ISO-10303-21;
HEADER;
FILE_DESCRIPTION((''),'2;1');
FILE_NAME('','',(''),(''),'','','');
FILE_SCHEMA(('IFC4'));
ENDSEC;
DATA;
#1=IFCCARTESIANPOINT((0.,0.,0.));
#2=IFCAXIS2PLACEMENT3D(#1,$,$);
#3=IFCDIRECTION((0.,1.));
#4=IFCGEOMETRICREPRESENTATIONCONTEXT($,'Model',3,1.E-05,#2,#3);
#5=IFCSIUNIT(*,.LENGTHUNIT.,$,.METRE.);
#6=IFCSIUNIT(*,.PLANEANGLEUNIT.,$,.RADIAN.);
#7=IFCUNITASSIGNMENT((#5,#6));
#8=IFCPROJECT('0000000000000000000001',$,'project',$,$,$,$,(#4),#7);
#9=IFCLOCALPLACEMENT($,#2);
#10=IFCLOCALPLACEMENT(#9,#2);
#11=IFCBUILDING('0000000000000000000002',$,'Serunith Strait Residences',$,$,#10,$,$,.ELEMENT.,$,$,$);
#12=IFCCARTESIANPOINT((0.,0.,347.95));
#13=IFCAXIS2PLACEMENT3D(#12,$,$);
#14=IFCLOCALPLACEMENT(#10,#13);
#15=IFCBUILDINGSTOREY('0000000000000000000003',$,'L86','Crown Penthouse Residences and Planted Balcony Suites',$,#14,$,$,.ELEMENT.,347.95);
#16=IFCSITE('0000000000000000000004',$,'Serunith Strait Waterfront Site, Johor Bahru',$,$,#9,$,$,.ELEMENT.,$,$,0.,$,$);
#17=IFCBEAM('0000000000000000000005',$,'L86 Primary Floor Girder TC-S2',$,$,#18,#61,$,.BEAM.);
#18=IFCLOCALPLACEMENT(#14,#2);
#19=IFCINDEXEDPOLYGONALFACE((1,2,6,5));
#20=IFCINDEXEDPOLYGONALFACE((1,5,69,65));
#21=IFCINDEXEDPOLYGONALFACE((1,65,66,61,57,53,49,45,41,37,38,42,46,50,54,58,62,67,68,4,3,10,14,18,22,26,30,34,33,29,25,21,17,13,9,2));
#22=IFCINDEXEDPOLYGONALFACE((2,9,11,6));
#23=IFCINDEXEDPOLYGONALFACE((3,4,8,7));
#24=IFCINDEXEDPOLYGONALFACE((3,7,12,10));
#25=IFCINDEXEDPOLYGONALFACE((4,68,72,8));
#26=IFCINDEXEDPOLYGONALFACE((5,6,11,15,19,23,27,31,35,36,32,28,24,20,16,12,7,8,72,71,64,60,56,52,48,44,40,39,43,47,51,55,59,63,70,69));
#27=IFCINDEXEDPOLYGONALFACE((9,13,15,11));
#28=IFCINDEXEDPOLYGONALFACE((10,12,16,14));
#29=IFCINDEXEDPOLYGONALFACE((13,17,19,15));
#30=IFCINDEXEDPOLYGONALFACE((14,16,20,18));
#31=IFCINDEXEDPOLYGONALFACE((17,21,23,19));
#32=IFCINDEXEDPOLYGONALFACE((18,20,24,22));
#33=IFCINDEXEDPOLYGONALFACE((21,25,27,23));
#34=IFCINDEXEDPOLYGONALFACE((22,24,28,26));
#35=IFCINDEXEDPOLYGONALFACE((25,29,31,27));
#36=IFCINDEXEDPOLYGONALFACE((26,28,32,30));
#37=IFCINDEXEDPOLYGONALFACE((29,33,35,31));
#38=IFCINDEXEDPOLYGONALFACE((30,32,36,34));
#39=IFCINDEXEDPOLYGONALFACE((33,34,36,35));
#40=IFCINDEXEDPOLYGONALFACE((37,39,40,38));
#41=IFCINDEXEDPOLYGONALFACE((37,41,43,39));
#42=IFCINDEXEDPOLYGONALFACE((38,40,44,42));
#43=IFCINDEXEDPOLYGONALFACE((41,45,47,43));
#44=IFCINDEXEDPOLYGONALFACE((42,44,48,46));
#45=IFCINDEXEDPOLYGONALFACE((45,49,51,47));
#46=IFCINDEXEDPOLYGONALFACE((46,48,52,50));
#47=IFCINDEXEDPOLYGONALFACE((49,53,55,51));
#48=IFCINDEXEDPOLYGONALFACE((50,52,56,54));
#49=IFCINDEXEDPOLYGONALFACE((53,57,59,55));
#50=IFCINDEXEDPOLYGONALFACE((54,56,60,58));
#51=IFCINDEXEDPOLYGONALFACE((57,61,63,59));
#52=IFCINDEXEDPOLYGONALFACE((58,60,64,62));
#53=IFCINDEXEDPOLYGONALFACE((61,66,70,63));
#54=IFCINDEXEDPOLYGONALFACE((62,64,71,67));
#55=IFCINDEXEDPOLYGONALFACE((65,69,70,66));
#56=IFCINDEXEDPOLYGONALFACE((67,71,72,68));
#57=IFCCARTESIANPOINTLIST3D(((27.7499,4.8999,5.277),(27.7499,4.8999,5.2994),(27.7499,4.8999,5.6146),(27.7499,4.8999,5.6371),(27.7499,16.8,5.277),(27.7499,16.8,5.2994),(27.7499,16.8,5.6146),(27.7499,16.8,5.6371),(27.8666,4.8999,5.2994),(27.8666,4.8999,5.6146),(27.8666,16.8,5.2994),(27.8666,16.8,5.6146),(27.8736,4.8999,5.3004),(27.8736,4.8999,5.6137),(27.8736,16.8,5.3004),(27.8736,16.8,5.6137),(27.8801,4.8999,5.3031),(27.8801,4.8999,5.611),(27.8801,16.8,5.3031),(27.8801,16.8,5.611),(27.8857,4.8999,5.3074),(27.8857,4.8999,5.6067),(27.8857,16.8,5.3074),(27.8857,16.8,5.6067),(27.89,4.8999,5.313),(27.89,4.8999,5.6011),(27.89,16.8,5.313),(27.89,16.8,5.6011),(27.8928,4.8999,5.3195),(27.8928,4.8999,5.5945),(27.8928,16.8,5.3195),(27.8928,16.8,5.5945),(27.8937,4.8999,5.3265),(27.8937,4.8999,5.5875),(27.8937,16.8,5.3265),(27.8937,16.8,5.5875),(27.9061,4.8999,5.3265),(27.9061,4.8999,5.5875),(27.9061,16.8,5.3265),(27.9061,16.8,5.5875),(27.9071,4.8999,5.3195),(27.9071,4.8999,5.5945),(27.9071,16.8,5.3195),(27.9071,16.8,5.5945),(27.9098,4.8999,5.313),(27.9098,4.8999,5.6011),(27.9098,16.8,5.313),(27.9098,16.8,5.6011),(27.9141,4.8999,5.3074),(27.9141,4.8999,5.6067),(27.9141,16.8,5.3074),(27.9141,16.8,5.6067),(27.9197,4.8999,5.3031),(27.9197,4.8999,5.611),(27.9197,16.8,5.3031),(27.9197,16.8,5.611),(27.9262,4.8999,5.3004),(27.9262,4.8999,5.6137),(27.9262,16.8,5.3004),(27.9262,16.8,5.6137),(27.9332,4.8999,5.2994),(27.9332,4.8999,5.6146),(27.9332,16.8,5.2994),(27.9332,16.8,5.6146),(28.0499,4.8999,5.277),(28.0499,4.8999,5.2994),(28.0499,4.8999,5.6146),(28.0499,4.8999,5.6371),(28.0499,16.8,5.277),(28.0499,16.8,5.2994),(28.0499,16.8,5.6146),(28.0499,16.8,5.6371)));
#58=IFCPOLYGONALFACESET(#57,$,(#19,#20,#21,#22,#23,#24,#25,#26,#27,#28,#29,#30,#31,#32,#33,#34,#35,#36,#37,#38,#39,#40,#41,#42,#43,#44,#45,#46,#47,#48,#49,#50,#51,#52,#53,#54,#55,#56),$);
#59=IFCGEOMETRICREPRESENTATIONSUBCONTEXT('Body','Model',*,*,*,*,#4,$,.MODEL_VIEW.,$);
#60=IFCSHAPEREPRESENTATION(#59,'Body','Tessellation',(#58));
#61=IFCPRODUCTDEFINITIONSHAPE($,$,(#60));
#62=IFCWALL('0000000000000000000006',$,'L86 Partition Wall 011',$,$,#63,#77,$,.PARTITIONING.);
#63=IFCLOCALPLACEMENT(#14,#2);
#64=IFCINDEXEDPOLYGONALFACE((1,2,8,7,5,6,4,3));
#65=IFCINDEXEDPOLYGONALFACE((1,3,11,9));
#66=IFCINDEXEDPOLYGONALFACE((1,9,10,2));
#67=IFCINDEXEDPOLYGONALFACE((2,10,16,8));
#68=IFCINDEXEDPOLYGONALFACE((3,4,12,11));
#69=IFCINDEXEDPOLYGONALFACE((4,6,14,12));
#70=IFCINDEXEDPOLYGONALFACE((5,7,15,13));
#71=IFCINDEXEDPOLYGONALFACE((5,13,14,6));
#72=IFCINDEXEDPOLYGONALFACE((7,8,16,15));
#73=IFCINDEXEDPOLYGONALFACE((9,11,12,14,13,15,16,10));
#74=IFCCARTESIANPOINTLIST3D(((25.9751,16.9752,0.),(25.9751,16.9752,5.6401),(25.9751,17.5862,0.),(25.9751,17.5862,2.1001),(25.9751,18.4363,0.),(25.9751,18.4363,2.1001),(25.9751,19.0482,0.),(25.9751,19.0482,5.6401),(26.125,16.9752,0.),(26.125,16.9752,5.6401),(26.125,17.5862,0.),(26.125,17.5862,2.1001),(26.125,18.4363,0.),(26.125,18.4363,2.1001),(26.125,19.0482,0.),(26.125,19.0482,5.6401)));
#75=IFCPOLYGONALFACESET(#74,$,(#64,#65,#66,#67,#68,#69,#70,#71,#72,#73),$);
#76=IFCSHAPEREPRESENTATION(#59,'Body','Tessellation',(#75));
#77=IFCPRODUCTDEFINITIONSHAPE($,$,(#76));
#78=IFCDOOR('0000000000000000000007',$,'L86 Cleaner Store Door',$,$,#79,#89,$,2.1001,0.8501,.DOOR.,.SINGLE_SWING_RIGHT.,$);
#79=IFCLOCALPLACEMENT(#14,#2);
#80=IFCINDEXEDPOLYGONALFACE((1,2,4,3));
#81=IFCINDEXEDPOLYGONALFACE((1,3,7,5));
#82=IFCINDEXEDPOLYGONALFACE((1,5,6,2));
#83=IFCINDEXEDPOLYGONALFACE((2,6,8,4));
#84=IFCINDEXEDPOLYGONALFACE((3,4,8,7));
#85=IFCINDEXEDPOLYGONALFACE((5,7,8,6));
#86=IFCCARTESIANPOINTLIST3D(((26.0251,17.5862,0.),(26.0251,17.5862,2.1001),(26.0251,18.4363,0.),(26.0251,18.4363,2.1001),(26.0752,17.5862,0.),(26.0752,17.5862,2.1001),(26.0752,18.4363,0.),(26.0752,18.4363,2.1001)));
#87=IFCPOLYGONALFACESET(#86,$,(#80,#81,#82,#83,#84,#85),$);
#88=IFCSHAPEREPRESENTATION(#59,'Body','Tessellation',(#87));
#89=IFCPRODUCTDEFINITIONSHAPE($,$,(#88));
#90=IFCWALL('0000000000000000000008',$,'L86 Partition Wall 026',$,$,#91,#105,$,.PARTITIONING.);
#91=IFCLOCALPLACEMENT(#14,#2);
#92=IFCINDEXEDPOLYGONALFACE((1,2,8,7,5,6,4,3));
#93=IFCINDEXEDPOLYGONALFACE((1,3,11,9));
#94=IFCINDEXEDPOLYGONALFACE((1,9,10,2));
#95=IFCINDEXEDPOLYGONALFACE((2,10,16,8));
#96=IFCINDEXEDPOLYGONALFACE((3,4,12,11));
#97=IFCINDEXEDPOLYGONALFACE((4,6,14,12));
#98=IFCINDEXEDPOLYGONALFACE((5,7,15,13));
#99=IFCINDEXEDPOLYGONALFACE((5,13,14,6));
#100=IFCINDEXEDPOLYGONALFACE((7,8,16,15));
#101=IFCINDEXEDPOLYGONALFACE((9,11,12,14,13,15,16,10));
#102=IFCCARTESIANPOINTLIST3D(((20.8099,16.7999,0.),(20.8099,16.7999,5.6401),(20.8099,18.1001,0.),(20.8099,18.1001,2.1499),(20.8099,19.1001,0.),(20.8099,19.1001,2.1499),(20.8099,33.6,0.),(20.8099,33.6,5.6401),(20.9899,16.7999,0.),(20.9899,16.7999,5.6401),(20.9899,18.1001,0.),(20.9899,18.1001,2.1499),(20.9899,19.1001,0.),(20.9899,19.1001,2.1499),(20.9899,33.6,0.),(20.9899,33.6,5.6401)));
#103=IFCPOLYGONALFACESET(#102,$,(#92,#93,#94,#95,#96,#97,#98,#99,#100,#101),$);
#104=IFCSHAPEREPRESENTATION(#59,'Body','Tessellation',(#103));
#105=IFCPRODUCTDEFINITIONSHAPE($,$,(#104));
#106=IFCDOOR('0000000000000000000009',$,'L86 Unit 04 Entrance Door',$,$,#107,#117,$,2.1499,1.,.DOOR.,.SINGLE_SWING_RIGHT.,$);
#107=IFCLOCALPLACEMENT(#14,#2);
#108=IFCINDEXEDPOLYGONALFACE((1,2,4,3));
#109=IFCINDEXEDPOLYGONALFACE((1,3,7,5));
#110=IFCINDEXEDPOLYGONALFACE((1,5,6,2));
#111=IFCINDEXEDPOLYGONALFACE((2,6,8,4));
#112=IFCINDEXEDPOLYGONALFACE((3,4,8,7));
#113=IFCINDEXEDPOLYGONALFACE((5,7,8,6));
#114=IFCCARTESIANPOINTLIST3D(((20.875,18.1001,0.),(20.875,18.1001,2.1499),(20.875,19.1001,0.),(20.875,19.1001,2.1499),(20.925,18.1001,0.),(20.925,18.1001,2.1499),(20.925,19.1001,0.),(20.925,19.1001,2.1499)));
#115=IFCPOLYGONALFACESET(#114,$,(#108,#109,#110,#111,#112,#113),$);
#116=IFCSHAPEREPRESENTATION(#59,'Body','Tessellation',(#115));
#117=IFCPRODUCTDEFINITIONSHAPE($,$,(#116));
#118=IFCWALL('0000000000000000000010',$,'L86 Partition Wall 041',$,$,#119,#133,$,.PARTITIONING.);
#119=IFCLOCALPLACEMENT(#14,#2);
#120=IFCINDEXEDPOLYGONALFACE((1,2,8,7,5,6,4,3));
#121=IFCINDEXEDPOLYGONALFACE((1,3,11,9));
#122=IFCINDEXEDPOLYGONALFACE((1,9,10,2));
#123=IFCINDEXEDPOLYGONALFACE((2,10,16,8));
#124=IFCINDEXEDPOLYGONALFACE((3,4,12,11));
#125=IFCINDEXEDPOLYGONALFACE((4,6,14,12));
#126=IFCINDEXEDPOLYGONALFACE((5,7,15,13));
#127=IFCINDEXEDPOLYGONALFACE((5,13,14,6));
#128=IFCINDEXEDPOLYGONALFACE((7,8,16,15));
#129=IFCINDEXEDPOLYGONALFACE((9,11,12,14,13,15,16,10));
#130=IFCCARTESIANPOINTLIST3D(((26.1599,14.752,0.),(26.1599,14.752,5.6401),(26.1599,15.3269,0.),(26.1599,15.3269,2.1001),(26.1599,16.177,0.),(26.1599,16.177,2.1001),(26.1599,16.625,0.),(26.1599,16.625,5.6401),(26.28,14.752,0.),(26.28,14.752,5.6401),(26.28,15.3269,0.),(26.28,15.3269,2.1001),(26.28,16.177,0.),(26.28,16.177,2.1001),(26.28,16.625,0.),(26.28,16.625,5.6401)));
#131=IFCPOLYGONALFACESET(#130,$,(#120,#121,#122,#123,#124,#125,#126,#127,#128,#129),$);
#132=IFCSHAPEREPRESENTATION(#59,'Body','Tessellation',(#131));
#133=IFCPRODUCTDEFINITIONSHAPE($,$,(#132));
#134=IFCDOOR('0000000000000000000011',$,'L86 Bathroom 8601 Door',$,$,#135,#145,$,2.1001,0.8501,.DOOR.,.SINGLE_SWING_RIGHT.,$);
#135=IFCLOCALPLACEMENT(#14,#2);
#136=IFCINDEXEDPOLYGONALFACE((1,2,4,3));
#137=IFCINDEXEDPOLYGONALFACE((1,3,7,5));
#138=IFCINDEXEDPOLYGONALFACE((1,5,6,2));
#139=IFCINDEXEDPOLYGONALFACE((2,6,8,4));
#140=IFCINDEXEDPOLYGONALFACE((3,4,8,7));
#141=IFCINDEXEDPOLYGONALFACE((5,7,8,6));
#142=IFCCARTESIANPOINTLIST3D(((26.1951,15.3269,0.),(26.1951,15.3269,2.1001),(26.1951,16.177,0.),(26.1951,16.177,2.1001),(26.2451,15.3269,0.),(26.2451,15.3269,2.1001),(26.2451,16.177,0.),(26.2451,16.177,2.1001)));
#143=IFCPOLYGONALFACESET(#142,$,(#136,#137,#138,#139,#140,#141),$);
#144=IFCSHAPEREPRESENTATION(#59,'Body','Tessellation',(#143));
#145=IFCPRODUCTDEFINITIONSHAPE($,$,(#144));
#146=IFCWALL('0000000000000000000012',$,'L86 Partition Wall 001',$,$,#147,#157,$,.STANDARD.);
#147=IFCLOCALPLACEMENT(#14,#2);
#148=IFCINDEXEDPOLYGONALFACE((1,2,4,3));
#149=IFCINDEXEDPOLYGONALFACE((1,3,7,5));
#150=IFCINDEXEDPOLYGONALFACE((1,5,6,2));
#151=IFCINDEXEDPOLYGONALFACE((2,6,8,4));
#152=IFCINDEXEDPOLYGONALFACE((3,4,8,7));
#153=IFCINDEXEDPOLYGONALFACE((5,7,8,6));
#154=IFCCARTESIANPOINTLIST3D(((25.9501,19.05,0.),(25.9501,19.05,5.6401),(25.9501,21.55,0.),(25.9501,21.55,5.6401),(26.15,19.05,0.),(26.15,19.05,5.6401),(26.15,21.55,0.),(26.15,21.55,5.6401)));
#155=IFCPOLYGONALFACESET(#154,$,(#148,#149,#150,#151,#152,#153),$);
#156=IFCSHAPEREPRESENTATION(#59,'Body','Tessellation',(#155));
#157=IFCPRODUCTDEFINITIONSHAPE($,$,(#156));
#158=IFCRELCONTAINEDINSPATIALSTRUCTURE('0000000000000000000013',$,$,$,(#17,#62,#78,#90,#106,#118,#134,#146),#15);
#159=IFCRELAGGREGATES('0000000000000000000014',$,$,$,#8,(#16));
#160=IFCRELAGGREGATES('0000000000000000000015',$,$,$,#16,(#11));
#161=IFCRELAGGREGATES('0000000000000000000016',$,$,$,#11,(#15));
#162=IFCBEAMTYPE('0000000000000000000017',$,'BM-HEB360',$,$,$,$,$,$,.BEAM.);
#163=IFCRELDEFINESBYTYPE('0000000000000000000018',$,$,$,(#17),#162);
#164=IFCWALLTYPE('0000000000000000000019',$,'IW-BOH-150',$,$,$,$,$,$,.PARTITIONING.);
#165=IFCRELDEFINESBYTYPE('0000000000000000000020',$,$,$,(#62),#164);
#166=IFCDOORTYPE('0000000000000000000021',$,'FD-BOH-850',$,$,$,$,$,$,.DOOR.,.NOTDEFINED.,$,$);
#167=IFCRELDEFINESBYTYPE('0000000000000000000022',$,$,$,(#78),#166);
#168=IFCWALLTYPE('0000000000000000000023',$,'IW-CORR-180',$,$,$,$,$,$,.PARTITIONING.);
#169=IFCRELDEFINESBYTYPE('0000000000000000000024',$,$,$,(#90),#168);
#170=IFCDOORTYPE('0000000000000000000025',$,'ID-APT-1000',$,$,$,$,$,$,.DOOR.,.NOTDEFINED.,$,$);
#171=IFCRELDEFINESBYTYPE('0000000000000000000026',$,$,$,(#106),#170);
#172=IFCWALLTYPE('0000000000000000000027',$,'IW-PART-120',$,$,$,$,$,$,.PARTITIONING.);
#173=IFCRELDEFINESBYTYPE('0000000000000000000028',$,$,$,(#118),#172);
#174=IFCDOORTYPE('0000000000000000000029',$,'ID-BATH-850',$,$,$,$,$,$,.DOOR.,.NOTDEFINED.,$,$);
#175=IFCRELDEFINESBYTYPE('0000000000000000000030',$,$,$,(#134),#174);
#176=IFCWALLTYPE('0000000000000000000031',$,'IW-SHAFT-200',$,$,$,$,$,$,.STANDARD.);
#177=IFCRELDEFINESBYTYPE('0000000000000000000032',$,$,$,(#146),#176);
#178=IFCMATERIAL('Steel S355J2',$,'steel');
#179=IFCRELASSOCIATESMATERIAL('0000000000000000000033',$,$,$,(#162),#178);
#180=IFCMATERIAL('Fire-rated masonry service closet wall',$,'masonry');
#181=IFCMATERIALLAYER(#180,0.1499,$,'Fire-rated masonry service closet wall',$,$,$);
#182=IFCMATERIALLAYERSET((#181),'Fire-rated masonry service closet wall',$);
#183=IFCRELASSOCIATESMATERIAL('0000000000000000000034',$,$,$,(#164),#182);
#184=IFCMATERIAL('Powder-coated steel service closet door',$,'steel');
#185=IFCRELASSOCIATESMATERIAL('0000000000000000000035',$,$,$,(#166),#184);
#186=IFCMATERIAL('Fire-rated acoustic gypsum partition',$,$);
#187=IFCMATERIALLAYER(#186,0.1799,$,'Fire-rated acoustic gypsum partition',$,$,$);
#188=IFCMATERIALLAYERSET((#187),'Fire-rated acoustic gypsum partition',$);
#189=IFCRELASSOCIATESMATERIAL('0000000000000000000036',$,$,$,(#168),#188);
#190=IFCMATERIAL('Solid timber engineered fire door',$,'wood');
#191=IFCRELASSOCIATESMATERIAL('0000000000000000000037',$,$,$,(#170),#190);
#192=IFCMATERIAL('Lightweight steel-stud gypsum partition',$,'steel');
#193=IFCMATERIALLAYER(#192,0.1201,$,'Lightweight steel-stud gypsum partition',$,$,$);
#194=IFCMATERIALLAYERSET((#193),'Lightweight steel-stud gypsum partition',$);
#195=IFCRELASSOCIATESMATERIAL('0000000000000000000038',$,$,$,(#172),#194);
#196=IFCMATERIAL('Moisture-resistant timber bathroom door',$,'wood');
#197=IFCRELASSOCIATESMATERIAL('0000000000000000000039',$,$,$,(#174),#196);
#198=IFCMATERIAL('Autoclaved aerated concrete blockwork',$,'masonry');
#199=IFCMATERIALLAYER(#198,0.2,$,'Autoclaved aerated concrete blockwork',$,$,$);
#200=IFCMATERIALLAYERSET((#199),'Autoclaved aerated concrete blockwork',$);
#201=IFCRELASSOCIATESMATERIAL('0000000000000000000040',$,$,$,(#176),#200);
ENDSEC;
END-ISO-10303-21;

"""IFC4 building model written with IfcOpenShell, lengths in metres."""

from ifc_helpers import new_model, si_unit, direction, frame, frame_2d, origin, origin_2d, place, context, subcontext, project, spatial, rectangle, i_section, extrude, source, transform, mapped, material, layer, layer_set, material_profile, profile_set, type_object, element, fill, save


model = new_model("IFC4")

# Units and contexts
model_context = context("Model", 3, precision=1e-05, world=origin(), true_north=direction((0.0, 1.0)))
body_context = subcontext(model_context, "Body", "Model", "MODEL_VIEW")
ifc_project = project(units=[si_unit("LENGTHUNIT", "METRE"), si_unit("PLANEANGLEUNIT", "RADIAN")], contexts=[model_context])

# Site, building, storey
site_placement = place(None, origin())
site = spatial("IfcSite", under=ifc_project, at=site_placement, Name="Serunith Strait Waterfront Site, Johor Bahru", CompositionType="ELEMENT", RefElevation=0.0)
building_placement = place(site_placement, origin())
building = spatial("IfcBuilding", under=site, at=building_placement, Name="Serunith Strait Residences", CompositionType="ELEMENT")
storey_placement = place(building_placement, frame((0.0, 0.0, 347.95)))
storey = spatial("IfcBuildingStorey", under=building, at=storey_placement, Name="L86", Description="Crown Penthouse Residences and Planted Balcony Suites", CompositionType="ELEMENT", Elevation=347.95)

# Beam
ifc_material_1 = material(Name="Steel S355J2", Category="steel")
ifc_material_profile = material_profile(ifc_material_1, i_section(OverallWidth=0.3, OverallDepth=0.3601, WebThickness=0.0125, FlangeThickness=0.0225, FilletRadius=0.0271, at=origin_2d()), Name="HEB 360")
ifc_profile_set = profile_set([ifc_material_profile], Name="Steel S355J2")
beam_type = type_object("IfcBeamType", Name="BM-HEB360", PredefinedType="BEAM", material=ifc_profile_set)
shared_shape_1 = source(origin(), body_context, "Body", "SweptSolid", [
    extrude(i_section(OverallWidth=0.3, OverallDepth=0.3601, WebThickness=0.0125, FlangeThickness=0.0225, FilletRadius=0.0271, at=origin_2d()), origin(), (0.0, 0.0, 1.0), 11.9001),
])
beam_placement = place(storey_placement, frame((27.8999, 16.8, 5.457), z_axis=(0.0, -1.0, 0.0), x_axis=(1.0, 0.0, 0.0)))
element("IfcBeam", 1, at=beam_placement, inside=storey, type_object=beam_type, Name="L86 Primary Floor Girder TC-S2", PredefinedType="BEAM", context=body_context, shape_type="MappedRepresentation", body=[
    mapped(shared_shape_1, transform((0.0, 0.0, 0.0), scale=1.0)),
])

# Walls, openings, doors
ifc_material_2 = material(Name="Fire-rated masonry service closet wall", Category="masonry")
ifc_layer_1 = layer(ifc_material_2, 0.1499, Name="Fire-rated masonry service closet wall")
ifc_layer_set_1 = layer_set([ifc_layer_1], Name="Fire-rated masonry service closet wall")
wall_type_1 = type_object("IfcWallType", Name="IW-BOH-150", PredefinedType="PARTITIONING", material=ifc_layer_set_1)
wall_1_placement = place(storey_placement, frame((26.05, 16.9751, 0.0), z_axis=(0.0, 0.0, 1.0), x_axis=(0.0, 1.0, 0.0)))
wall_1 = element("IfcWall", 2, at=wall_1_placement, inside=storey, type_object=wall_type_1, Name="L86 Partition Wall 011", PredefinedType="PARTITIONING", context=body_context, shape_type="SweptSolid", body=[
    extrude(rectangle(XDim=2.073, YDim=0.1499, at=frame_2d((1.0366, 0.0))), origin(), (0.0, 0.0, 1.0), 5.6401),
])
opening_1_placement = place(wall_1_placement, frame((0.6111, 0.0, 0.0)))
opening_1 = element("IfcOpeningElement", 3, at=opening_1_placement, cuts=wall_1, PredefinedType="OPENING", context=body_context, shape_type="SweptSolid", body=[
    extrude(rectangle(XDim=0.8501, YDim=2.1001, at=frame_2d((0.425, 1.05))), frame((0.0, 0.085, 0.0), z_axis=(0.0, -1.0, 0.0), x_axis=(1.0, 0.0, 0.0)), (0.0, 0.0, 1.0), 0.1699),
])
ifc_material_3 = material(Name="Powder-coated steel service closet door", Category="steel")
door_type_1 = type_object("IfcDoorType", Name="FD-BOH-850", OperationType="NOTDEFINED", PredefinedType="DOOR", material=ifc_material_3)
shared_shape_2 = source(origin(), body_context, "Body", "SweptSolid", [
    extrude(rectangle(XDim=0.8501, YDim=2.1001, at=frame_2d((0.425, 1.05))), frame((0.0, 0.0249, 0.0), z_axis=(0.0, -1.0, 0.0), x_axis=(1.0, 0.0, 0.0)), (0.0, 0.0, 1.0), 0.05),
])
door_1_placement = place(opening_1_placement, origin())
door_1 = element("IfcDoor", 4, at=door_1_placement, inside=storey, type_object=door_type_1, Name="L86 Cleaner Store Door", OperationType="SINGLE_SWING_RIGHT", OverallHeight=2.1001, OverallWidth=0.8501, PredefinedType="DOOR", context=body_context, shape_type="MappedRepresentation", body=[
    mapped(shared_shape_2, transform((0.0, 0.0, 0.0), scale=1.0)),
])
fill(opening_1, door_1)
ifc_material_4 = material(Name="Fire-rated acoustic gypsum partition")
ifc_layer_2 = layer(ifc_material_4, 0.1799, Name="Fire-rated acoustic gypsum partition")
ifc_layer_set_2 = layer_set([ifc_layer_2], Name="Fire-rated acoustic gypsum partition")
wall_type_2 = type_object("IfcWallType", Name="IW-CORR-180", PredefinedType="PARTITIONING", material=ifc_layer_set_2)
ifc_material_5 = material(Name="Solid timber engineered fire door", Category="wood")
door_type_2 = type_object("IfcDoorType", Name="ID-APT-1000", OperationType="NOTDEFINED", PredefinedType="DOOR", material=ifc_material_5)
shared_shape_3 = source(origin(), body_context, "Body", "SweptSolid", [
    extrude(rectangle(XDim=1.0, YDim=2.1499, at=frame_2d((0.5, 1.075))), frame((0.0, 0.0249, 0.0), z_axis=(0.0, -1.0, 0.0), x_axis=(1.0, 0.0, 0.0)), (0.0, 0.0, 1.0), 0.05),
])
wall_2_placement = place(storey_placement, frame((20.8999, 16.8, 0.0), z_axis=(0.0, 0.0, 1.0), x_axis=(0.0, 1.0, 0.0)))
wall_2 = element("IfcWall", 5, at=wall_2_placement, inside=storey, type_object=wall_type_2, Name="L86 Partition Wall 026", PredefinedType="PARTITIONING", context=body_context, shape_type="SweptSolid", body=[
    extrude(rectangle(XDim=16.8, YDim=0.1799, at=frame_2d((8.3999, 0.0))), origin(), (0.0, 0.0, 1.0), 5.6401),
])
opening_2_placement = place(wall_2_placement, frame((1.3, 0.0, 0.0)))
opening_2 = element("IfcOpeningElement", 6, at=opening_2_placement, cuts=wall_2, PredefinedType="OPENING", context=body_context, shape_type="SweptSolid", body=[
    extrude(rectangle(XDim=1.0, YDim=2.1499, at=frame_2d((0.5, 1.075))), frame((0.0, 0.1001, 0.0), z_axis=(0.0, -1.0, 0.0), x_axis=(1.0, 0.0, 0.0)), (0.0, 0.0, 1.0), 0.2),
])
door_2_placement = place(opening_2_placement, origin())
door_2 = element("IfcDoor", 7, at=door_2_placement, inside=storey, type_object=door_type_2, Name="L86 Unit 04 Entrance Door", OperationType="SINGLE_SWING_RIGHT", OverallHeight=2.1499, OverallWidth=1.0, PredefinedType="DOOR", context=body_context, shape_type="MappedRepresentation", body=[
    mapped(shared_shape_3, transform((0.0, 0.0, 0.0), scale=1.0)),
])
fill(opening_2, door_2)
ifc_material_6 = material(Name="Lightweight steel-stud gypsum partition", Category="steel")
ifc_layer_3 = layer(ifc_material_6, 0.1201, Name="Lightweight steel-stud gypsum partition")
ifc_layer_set_3 = layer_set([ifc_layer_3], Name="Lightweight steel-stud gypsum partition")
wall_type_3 = type_object("IfcWallType", Name="IW-PART-120", PredefinedType="PARTITIONING", material=ifc_layer_set_3)
wall_3_placement = place(storey_placement, frame((26.22, 14.752, 0.0), z_axis=(0.0, 0.0, 1.0), x_axis=(0.0, 1.0, 0.0)))
wall_3 = element("IfcWall", 8, at=wall_3_placement, inside=storey, type_object=wall_type_3, Name="L86 Partition Wall 041", PredefinedType="PARTITIONING", context=body_context, shape_type="SweptSolid", body=[
    extrude(rectangle(XDim=1.873, YDim=0.1201, at=frame_2d((0.9365, 0.0))), origin(), (0.0, 0.0, 1.0), 5.6401),
])
opening_3_placement = place(wall_3_placement, frame((0.575, 0.0, 0.0)))
opening_3 = element("IfcOpeningElement", 9, at=opening_3_placement, cuts=wall_3, PredefinedType="OPENING", context=body_context, shape_type="SweptSolid", body=[
    extrude(rectangle(XDim=0.8501, YDim=2.1001, at=frame_2d((0.425, 1.05))), frame((0.0, 0.0701, 0.0), z_axis=(0.0, -1.0, 0.0), x_axis=(1.0, 0.0, 0.0)), (0.0, 0.0, 1.0), 0.1401),
])
ifc_material_7 = material(Name="Moisture-resistant timber bathroom door", Category="wood")
door_type_3 = type_object("IfcDoorType", Name="ID-BATH-850", OperationType="NOTDEFINED", PredefinedType="DOOR", material=ifc_material_7)
door_3_placement = place(opening_3_placement, origin())
door_3 = element("IfcDoor", 10, at=door_3_placement, inside=storey, type_object=door_type_3, Name="L86 Bathroom 8601 Door", OperationType="SINGLE_SWING_RIGHT", OverallHeight=2.1001, OverallWidth=0.8501, PredefinedType="DOOR", context=body_context, shape_type="MappedRepresentation", body=[
    mapped(shared_shape_2, transform((0.0, 0.0, 0.0), scale=1.0)),
])
fill(opening_3, door_3)

# Wall
ifc_material_8 = material(Name="Autoclaved aerated concrete blockwork", Category="masonry")
ifc_layer_4 = layer(ifc_material_8, 0.2, Name="Autoclaved aerated concrete blockwork")
ifc_layer_set_4 = layer_set([ifc_layer_4], Name="Autoclaved aerated concrete blockwork")
wall_type_4 = type_object("IfcWallType", Name="IW-SHAFT-200", PredefinedType="STANDARD", material=ifc_layer_set_4)
wall_4_placement = place(storey_placement, frame((26.05, 19.05, 0.0), z_axis=(0.0, 0.0, 1.0), x_axis=(0.0, 1.0, 0.0)))
element("IfcWall", 11, at=wall_4_placement, inside=storey, type_object=wall_type_4, Name="L86 Partition Wall 001", PredefinedType="STANDARD", context=body_context, shape_type="SweptSolid", body=[
    extrude(rectangle(XDim=2.5, YDim=0.2, at=frame_2d((1.25, 0.0))), origin(), (0.0, 0.0, 1.0), 5.6401),
])

save(model, "model.ifc")
